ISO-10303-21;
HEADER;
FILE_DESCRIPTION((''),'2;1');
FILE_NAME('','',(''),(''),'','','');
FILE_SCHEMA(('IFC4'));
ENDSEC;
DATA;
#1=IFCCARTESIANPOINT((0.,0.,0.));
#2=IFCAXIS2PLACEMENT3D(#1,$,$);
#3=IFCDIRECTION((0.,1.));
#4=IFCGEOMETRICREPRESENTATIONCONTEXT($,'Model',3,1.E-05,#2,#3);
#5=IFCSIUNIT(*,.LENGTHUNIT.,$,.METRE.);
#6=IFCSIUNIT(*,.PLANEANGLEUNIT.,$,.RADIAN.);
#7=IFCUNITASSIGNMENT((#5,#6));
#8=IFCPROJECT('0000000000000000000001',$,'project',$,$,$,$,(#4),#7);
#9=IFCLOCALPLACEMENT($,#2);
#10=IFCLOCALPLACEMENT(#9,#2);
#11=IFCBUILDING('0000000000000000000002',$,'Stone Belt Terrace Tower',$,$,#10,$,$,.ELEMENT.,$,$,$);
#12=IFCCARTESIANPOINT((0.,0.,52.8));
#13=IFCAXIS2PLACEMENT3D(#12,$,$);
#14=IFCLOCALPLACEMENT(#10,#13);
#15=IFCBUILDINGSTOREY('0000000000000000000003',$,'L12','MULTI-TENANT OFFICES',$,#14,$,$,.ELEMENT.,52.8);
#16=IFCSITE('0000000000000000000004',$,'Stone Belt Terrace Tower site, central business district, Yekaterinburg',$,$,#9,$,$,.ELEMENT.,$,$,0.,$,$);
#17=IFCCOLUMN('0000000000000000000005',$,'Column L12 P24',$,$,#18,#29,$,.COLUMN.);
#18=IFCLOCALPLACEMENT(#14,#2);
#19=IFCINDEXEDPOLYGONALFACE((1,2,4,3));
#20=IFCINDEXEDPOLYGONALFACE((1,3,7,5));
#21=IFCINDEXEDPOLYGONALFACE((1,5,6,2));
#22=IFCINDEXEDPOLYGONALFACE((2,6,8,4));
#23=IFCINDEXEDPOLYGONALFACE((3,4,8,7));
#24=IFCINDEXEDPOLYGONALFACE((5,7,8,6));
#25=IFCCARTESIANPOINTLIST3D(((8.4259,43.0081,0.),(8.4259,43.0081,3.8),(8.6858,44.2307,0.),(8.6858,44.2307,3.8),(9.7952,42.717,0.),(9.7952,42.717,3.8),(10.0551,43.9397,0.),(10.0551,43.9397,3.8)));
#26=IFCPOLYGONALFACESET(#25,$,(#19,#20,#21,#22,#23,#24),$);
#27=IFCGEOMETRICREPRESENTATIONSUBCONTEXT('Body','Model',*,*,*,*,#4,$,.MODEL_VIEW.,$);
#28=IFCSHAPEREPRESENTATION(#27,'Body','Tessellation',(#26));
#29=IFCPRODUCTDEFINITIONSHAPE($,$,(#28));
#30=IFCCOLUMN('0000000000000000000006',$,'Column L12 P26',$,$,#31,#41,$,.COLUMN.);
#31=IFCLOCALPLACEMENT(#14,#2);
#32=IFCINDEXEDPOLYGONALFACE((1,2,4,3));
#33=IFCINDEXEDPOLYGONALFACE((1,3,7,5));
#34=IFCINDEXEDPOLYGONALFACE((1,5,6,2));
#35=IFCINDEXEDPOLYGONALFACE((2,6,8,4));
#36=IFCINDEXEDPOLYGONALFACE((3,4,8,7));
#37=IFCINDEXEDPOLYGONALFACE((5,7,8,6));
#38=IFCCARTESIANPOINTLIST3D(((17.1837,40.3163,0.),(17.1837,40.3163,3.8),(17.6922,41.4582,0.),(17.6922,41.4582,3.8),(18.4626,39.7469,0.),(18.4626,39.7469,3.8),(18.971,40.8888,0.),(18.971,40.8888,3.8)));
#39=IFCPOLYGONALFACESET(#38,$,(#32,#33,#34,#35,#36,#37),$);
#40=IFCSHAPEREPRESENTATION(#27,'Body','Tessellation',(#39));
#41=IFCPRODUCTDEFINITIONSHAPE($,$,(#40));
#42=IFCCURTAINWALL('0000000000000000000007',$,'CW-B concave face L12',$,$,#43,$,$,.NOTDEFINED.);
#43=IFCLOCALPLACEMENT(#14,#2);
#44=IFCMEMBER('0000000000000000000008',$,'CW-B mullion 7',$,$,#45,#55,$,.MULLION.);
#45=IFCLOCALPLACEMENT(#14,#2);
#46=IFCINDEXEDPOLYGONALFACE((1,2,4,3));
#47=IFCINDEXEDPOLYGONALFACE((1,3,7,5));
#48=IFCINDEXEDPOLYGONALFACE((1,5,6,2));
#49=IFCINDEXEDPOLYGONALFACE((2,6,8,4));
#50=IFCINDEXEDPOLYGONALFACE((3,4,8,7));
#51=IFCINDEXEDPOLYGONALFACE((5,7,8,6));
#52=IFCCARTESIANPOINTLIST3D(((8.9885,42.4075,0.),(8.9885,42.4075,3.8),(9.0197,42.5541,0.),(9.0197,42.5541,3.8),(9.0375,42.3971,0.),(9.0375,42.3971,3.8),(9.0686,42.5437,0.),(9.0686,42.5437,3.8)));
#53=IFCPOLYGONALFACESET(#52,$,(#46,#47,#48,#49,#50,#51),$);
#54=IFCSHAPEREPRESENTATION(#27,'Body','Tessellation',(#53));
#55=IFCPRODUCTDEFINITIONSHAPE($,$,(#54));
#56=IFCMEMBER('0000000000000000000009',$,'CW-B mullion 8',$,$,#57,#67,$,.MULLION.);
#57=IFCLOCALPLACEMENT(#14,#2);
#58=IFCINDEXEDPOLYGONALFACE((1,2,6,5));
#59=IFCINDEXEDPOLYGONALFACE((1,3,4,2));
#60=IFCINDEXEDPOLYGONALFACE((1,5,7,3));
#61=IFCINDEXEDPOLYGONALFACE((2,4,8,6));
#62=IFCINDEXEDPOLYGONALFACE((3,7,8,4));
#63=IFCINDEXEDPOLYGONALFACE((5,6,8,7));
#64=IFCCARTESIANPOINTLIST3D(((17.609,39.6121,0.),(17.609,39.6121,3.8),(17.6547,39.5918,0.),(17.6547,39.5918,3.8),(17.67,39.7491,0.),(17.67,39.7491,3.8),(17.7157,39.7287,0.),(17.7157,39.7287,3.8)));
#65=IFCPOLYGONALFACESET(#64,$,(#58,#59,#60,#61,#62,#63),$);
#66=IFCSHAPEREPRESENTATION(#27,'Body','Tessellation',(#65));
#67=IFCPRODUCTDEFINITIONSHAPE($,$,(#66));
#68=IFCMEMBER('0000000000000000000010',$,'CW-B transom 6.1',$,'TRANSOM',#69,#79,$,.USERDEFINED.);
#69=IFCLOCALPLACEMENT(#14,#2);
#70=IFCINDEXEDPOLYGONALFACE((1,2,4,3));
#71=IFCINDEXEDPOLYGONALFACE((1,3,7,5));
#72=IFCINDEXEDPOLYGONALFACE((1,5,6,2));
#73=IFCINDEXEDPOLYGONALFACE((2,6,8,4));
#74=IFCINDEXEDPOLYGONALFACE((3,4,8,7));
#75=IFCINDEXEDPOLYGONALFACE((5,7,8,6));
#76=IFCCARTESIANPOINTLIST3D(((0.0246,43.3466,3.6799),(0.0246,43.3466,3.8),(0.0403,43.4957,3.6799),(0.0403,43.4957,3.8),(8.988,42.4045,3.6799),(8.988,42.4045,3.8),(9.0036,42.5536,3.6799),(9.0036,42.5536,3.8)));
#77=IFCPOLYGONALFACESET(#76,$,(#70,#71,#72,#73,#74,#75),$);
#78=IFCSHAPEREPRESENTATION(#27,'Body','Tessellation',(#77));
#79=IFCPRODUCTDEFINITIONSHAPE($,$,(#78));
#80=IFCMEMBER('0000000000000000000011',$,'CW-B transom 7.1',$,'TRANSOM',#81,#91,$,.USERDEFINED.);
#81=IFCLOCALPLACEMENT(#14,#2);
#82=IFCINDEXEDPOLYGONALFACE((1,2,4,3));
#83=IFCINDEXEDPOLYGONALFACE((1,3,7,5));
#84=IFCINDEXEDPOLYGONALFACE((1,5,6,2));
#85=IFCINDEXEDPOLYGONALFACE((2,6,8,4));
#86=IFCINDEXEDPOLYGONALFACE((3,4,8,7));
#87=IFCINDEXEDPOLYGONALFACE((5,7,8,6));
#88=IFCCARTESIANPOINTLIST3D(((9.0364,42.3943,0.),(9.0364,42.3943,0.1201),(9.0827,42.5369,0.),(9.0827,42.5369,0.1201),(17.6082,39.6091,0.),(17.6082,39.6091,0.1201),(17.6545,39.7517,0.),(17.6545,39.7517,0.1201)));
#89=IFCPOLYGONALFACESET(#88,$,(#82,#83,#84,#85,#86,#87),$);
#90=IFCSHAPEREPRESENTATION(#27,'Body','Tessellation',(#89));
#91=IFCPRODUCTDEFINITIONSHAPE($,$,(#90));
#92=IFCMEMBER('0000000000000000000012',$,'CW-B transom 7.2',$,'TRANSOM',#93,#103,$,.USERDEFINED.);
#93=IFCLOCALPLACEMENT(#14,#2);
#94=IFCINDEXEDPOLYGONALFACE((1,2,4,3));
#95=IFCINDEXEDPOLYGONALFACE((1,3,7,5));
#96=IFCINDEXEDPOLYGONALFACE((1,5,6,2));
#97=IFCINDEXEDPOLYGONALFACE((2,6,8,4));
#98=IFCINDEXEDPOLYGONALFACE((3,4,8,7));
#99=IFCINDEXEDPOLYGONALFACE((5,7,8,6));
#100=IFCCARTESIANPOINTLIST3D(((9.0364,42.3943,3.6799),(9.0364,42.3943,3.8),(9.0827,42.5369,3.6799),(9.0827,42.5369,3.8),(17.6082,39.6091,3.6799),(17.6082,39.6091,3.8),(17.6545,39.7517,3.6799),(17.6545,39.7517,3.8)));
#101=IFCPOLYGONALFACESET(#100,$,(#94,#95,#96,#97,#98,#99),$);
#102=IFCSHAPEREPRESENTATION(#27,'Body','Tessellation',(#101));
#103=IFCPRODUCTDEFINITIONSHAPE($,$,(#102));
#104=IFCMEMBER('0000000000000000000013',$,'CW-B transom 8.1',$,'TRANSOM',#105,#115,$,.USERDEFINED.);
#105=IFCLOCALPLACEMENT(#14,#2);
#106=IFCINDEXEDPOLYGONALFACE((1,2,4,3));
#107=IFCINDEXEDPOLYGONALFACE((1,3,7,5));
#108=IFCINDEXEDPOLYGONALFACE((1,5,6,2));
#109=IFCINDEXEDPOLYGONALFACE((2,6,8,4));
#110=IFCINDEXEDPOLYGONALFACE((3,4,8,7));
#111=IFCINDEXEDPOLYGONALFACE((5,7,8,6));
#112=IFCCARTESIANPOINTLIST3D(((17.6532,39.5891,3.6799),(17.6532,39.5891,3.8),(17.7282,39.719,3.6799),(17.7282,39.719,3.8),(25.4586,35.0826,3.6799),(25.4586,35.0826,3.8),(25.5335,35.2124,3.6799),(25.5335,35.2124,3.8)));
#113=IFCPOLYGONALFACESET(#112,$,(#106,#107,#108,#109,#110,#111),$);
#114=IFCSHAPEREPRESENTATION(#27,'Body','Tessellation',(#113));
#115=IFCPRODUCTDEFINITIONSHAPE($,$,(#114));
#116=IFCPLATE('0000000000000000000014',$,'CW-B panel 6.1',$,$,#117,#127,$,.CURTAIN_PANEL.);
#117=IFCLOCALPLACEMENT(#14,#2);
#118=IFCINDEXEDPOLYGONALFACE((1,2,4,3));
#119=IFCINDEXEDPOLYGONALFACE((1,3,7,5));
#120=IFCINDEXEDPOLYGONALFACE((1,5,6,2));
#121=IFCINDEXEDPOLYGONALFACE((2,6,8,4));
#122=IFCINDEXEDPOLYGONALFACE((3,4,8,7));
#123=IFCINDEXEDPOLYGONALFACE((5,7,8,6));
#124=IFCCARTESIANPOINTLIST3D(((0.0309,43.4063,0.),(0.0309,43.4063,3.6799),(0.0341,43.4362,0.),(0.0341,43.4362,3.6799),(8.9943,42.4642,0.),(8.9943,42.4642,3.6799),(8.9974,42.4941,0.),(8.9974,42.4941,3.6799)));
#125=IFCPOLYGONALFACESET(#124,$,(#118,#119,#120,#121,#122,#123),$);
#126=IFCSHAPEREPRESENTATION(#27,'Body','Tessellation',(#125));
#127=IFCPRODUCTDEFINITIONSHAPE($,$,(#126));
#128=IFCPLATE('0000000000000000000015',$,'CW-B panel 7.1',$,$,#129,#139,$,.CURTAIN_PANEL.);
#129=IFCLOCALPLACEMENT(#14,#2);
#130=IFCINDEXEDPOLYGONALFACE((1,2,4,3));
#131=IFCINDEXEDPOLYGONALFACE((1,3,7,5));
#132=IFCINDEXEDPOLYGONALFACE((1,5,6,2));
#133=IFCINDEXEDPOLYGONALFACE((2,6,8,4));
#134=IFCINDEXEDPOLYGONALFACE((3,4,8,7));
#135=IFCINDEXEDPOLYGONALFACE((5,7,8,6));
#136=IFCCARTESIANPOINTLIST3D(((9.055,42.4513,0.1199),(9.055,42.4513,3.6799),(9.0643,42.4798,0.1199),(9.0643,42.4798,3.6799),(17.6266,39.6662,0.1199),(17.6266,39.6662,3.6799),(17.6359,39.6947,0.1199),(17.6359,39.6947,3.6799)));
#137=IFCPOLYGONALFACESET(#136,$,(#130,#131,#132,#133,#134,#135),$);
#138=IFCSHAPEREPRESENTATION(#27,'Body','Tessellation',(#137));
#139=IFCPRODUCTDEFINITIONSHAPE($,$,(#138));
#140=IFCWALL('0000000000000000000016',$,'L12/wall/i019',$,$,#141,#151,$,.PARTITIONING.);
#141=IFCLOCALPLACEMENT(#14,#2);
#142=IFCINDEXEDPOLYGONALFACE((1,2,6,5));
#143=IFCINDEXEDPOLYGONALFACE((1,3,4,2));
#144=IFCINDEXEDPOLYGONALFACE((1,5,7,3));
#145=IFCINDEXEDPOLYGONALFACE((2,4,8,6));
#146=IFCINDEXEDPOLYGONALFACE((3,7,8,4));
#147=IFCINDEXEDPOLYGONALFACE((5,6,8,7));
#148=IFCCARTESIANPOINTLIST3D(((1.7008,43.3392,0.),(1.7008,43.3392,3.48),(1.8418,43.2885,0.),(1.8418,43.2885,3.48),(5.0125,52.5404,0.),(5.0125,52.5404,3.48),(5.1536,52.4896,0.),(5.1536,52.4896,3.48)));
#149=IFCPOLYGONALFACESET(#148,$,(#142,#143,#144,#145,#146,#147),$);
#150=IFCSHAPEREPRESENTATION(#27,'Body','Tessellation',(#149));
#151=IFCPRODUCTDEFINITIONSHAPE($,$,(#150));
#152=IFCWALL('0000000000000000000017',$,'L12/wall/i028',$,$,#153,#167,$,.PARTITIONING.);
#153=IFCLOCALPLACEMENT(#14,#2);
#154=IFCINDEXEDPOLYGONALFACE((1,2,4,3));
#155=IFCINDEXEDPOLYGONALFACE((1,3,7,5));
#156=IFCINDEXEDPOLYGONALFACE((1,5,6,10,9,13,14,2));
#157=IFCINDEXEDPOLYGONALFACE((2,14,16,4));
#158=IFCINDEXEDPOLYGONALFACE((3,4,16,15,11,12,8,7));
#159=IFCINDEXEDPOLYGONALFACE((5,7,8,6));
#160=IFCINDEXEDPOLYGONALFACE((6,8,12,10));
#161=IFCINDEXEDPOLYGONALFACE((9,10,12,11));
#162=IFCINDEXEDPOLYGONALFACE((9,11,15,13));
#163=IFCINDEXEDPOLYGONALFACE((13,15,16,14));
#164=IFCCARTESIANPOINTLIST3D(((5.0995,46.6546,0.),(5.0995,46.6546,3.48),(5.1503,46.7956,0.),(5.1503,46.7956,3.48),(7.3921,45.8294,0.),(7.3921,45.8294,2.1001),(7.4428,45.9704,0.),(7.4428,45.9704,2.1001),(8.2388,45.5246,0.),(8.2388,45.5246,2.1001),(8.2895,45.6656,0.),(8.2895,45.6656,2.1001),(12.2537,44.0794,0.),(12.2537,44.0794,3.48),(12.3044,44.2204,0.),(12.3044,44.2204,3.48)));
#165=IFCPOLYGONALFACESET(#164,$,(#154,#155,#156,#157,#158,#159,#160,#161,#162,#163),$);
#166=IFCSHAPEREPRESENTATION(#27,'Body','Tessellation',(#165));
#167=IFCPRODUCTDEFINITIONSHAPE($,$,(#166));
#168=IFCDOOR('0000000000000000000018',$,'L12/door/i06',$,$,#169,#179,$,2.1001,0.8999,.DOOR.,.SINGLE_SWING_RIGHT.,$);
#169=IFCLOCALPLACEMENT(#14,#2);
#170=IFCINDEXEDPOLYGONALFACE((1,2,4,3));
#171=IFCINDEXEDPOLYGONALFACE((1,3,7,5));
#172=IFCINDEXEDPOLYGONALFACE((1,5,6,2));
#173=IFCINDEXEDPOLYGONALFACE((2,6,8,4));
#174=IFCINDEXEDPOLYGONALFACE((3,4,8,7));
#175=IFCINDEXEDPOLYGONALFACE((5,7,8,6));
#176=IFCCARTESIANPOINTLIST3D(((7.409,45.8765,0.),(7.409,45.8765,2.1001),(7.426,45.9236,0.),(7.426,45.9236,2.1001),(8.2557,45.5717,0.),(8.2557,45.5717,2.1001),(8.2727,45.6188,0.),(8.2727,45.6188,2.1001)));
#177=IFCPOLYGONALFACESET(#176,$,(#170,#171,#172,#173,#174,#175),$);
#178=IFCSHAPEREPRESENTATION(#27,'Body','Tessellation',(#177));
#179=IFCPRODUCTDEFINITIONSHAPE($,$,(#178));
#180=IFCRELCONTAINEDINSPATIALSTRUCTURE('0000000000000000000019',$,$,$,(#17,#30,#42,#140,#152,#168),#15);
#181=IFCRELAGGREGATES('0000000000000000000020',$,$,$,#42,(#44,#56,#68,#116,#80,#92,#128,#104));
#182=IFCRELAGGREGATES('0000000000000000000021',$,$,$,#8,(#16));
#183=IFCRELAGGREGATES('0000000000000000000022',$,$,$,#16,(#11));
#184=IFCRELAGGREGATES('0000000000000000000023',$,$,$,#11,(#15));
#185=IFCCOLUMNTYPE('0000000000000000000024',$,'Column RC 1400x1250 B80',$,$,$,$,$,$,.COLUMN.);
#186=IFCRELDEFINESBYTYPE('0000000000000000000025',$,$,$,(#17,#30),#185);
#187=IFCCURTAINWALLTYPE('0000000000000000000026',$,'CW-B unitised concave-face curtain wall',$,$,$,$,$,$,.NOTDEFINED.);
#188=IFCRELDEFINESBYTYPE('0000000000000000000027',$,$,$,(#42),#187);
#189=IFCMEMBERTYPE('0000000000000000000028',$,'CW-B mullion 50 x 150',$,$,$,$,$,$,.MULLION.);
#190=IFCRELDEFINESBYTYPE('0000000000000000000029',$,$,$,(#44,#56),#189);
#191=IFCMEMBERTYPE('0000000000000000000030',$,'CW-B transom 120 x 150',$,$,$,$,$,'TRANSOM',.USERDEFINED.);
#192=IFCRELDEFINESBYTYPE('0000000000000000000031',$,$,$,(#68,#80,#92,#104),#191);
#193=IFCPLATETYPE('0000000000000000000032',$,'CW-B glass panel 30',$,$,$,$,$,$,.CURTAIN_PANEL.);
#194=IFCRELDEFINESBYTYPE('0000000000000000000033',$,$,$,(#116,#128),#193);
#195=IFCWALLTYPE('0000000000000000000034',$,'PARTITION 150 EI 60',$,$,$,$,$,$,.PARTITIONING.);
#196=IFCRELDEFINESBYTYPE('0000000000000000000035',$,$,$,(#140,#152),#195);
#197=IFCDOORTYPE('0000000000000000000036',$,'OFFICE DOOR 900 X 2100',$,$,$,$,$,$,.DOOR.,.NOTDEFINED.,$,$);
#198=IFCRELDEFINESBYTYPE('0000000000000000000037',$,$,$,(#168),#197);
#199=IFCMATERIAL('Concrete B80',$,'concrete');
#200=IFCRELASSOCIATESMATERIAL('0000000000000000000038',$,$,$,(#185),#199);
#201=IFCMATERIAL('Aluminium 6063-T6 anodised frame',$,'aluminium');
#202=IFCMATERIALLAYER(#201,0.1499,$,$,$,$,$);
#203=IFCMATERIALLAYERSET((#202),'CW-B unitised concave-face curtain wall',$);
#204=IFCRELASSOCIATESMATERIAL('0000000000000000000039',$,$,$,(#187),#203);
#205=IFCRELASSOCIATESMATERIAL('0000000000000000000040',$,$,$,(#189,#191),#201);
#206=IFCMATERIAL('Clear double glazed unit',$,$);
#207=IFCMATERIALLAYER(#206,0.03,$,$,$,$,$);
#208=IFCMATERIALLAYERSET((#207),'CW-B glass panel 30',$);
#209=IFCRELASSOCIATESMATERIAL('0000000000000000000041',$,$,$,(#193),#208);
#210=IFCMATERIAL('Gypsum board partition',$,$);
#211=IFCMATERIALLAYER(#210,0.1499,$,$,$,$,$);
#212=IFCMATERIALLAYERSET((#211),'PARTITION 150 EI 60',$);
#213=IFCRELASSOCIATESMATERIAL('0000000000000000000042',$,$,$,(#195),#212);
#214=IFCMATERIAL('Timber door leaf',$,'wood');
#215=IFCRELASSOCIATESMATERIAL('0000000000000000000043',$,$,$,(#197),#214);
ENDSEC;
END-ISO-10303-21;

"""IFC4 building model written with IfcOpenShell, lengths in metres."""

from ifc_helpers import new_model, si_unit, direction, frame, frame_2d, origin, origin_2d, place, context, subcontext, project, spatial, rectangle, extrude, material, layer, layer_set, material_profile, profile_set, type_object, element, fill, aggregate, save


model = new_model("IFC4")

# Units and contexts
model_context = context("Model", 3, precision=1e-05, world=origin(), true_north=direction((0.0, 1.0)))
body_context = subcontext(model_context, "Body", "Model", "MODEL_VIEW")
ifc_project = project(units=[si_unit("LENGTHUNIT", "METRE"), si_unit("PLANEANGLEUNIT", "RADIAN")], contexts=[model_context])

# Site, building, storey
site_placement = place(None, origin())
site = spatial("IfcSite", under=ifc_project, at=site_placement, Name="Stone Belt Terrace Tower site, central business district, Yekaterinburg", CompositionType="ELEMENT", RefElevation=0.0)
building_placement = place(site_placement, origin())
building = spatial("IfcBuilding", under=site, at=building_placement, Name="Stone Belt Terrace Tower", CompositionType="ELEMENT")
storey_placement = place(building_placement, frame((0.0, 0.0, 52.8)))
storey = spatial("IfcBuildingStorey", under=building, at=storey_placement, Name="L12", Description="MULTI-TENANT OFFICES", CompositionType="ELEMENT", Elevation=52.8)

# Columns
ifc_material_1 = material(Name="Concrete B80", Category="concrete")
ifc_material_profile_1 = material_profile(ifc_material_1, rectangle(XDim=1.3999, YDim=1.25, at=origin_2d()), Name="RC 1400x1250")
ifc_profile_set_1 = profile_set([ifc_material_profile_1], Name="Concrete B80")
column_type = type_object("IfcColumnType", Name="Column RC 1400x1250 B80", PredefinedType="COLUMN", material=ifc_profile_set_1)
for number, where, z_axis, x_axis, name in (
    (1, (9.2405, 43.4739, 0.0), (0.0, 0.0, 1.0), (0.978148, -0.207912, 0.0), "Column L12 P24"),
    (2, (18.0774, 40.6025, 0.0), (0.0, 0.0, 1.0), (0.913545, -0.406737, 0.0), "Column L12 P26"),
):
    element("IfcColumn", number, at=place(storey_placement, frame(where, z_axis=z_axis, x_axis=x_axis)), inside=storey, type_object=column_type, Name=name, PredefinedType="COLUMN", context=body_context, shape_type="SweptSolid", body=[
        extrude(rectangle(XDim=1.3999, YDim=1.25, at=origin_2d()), origin(), (0.0, 0.0, 1.0), 3.8),
    ])

# Curtain wall, members, plates
ifc_material_2 = material(Name="Aluminium 6063-T6 anodised frame", Category="aluminium")
ifc_layer_1 = layer(ifc_material_2, 0.1499)
ifc_layer_set_1 = layer_set([ifc_layer_1], Name="CW-B unitised concave-face curtain wall")
curtain_wall_type = type_object("IfcCurtainWallType", Name="CW-B unitised concave-face curtain wall", PredefinedType="NOTDEFINED", material=ifc_layer_set_1)
curtain_wall_placement = place(storey_placement, origin())
curtain_wall = element("IfcCurtainWall", 3, at=curtain_wall_placement, inside=storey, type_object=curtain_wall_type, Name="CW-B concave face L12", PredefinedType="NOTDEFINED")
ifc_material_profile_2 = material_profile(ifc_material_2, rectangle(XDim=0.1499, YDim=0.05, at=origin_2d()), Name="Aluminium 6063-T6 50x150")
ifc_profile_set_2 = profile_set([ifc_material_profile_2], Name="Aluminium 6063-T6 anodised frame")
member_type_1 = type_object("IfcMemberType", Name="CW-B mullion 50 x 150", PredefinedType="MULLION", material=ifc_profile_set_2)
member_1_placement = place(storey_placement, frame((9.0286, 42.4756, 0.0), z_axis=(0.0, 0.0, 1.0), x_axis=(0.207912, 0.978148, 0.0)))
member_1 = element("IfcMember", 4, at=member_1_placement, type_object=member_type_1, Name="CW-B mullion 7", PredefinedType="MULLION", context=body_context, shape_type="SweptSolid", body=[
    extrude(rectangle(XDim=0.1499, YDim=0.05, at=origin_2d()), origin(), (0.0, 0.0, 1.0), 3.8),
])
member_2_placement = place(storey_placement, frame((17.6624, 39.6704, 0.0), z_axis=(0.0, 0.0, 1.0), x_axis=(0.406737, 0.913545, 0.0)))
member_2 = element("IfcMember", 5, at=member_2_placement, type_object=member_type_1, Name="CW-B mullion 8", PredefinedType="MULLION", context=body_context, shape_type="SweptSolid", body=[
    extrude(rectangle(XDim=0.1499, YDim=0.05, at=origin_2d()), origin(), (0.0, 0.0, 1.0), 3.8),
])
ifc_material_profile_3 = material_profile(ifc_material_2, rectangle(XDim=0.1499, YDim=0.1201, at=origin_2d()), Name="Aluminium 6063-T6 150x120")
ifc_profile_set_3 = profile_set([ifc_material_profile_3], Name="Aluminium 6063-T6 anodised frame")
member_type_2 = type_object("IfcMemberType", Name="CW-B transom 120 x 150", ElementType="TRANSOM", PredefinedType="USERDEFINED", material=ifc_profile_set_3)
member_3_placement = place(storey_placement, frame((0.0325, 43.4211, 3.74), z_axis=(0.994521, -0.104534, 0.0), x_axis=(0.104534, 0.994521, 0.0)))
member_3 = element("IfcMember", 6, at=member_3_placement, type_object=member_type_2, Name="CW-B transom 6.1", ObjectType="TRANSOM", PredefinedType="USERDEFINED", context=body_context, shape_type="SweptSolid", body=[
    extrude(rectangle(XDim=0.1499, YDim=0.1201, at=origin_2d()), origin(), (0.0, 0.0, 1.0), 9.0127),
])
member_4_placement = place(storey_placement, frame((9.0596, 42.4656, 0.0601), z_axis=(0.951056, -0.309019, 0.0), x_axis=(0.309019, 0.951056, 0.0)))
member_4 = element("IfcMember", 7, at=member_4_placement, type_object=member_type_2, Name="CW-B transom 7.1", ObjectType="TRANSOM", PredefinedType="USERDEFINED", context=body_context, shape_type="SweptSolid", body=[
    extrude(rectangle(XDim=0.1499, YDim=0.1201, at=origin_2d()), origin(), (0.0, 0.0, 1.0), 9.0129),
])
member_5_placement = place(storey_placement, frame((9.0596, 42.4656, 3.74), z_axis=(0.951056, -0.309019, 0.0), x_axis=(0.309019, 0.951056, 0.0)))
member_5 = element("IfcMember", 8, at=member_5_placement, type_object=member_type_2, Name="CW-B transom 7.2", ObjectType="TRANSOM", PredefinedType="USERDEFINED", context=body_context, shape_type="SweptSolid", body=[
    extrude(rectangle(XDim=0.1499, YDim=0.1201, at=origin_2d()), origin(), (0.0, 0.0, 1.0), 9.0129),
])
member_6_placement = place(storey_placement, frame((17.6907, 39.6541, 3.74), z_axis=(0.866019, -0.500011, 0.0), x_axis=(0.500011, 0.866019, 0.0)))
member_6 = element("IfcMember", 9, at=member_6_placement, type_object=member_type_2, Name="CW-B transom 8.1", ObjectType="TRANSOM", PredefinedType="USERDEFINED", context=body_context, shape_type="SweptSolid", body=[
    extrude(rectangle(XDim=0.1499, YDim=0.1201, at=origin_2d()), origin(), (0.0, 0.0, 1.0), 9.0129),
])
ifc_material_3 = material(Name="Clear double glazed unit")
ifc_layer_2 = layer(ifc_material_3, 0.03)
ifc_layer_set_2 = layer_set([ifc_layer_2], Name="CW-B glass panel 30")
plate_type = type_object("IfcPlateType", Name="CW-B glass panel 30", PredefinedType="CURTAIN_PANEL", material=ifc_layer_set_2)
plate_1_placement = place(storey_placement, frame((4.5142, 42.9502, 0.0), z_axis=(0.0, 0.0, 1.0), x_axis=(0.994522, -0.104528, 0.0)))
plate_1 = element("IfcPlate", 10, at=plate_1_placement, type_object=plate_type, Name="CW-B panel 6.1", PredefinedType="CURTAIN_PANEL", context=body_context, shape_type="SweptSolid", body=[
    extrude(rectangle(XDim=9.0127, YDim=0.03, at=origin_2d()), origin(), (0.0, 0.0, 1.0), 3.6799),
])
plate_2_placement = place(storey_placement, frame((13.3455, 41.073, 0.1199), z_axis=(0.0, 0.0, 1.0), x_axis=(0.951057, -0.309017, 0.0)))
plate_2 = element("IfcPlate", 11, at=plate_2_placement, type_object=plate_type, Name="CW-B panel 7.1", PredefinedType="CURTAIN_PANEL", context=body_context, shape_type="SweptSolid", body=[
    extrude(rectangle(XDim=9.0127, YDim=0.03, at=origin_2d()), origin(), (0.0, 0.0, 1.0), 3.5601),
])
aggregate(curtain_wall, [member_1, member_2, member_3, plate_1, member_4, member_5, plate_2, member_6])

# Wall
ifc_material_4 = material(Name="Gypsum board partition")
ifc_layer_3 = layer(ifc_material_4, 0.1499)
ifc_layer_set_3 = layer_set([ifc_layer_3], Name="PARTITION 150 EI 60")
wall_type = type_object("IfcWallType", Name="PARTITION 150 EI 60", PredefinedType="PARTITIONING", material=ifc_layer_set_3)
wall_1_placement = place(storey_placement, frame((1.7712, 43.3137, 0.0), z_axis=(0.0, 0.0, 1.0), x_axis=(0.33866, 0.940909, 0.0)))
element("IfcWall", 12, at=wall_1_placement, inside=storey, type_object=wall_type, Name="L12/wall/i019", PredefinedType="PARTITIONING", context=body_context, shape_type="SweptSolid", body=[
    extrude(rectangle(XDim=9.7791, YDim=0.1499, at=frame_2d((4.8896, 0.0))), origin(), (0.0, 0.0, 1.0), 3.48),
])

# Wall, opening, door
wall_2_placement = place(storey_placement, frame((12.2791, 44.1499, 0.0), z_axis=(0.0, 0.0, 1.0), x_axis=(-0.940898, 0.338689, 0.0)))
wall_2 = element("IfcWall", 13, at=wall_2_placement, inside=storey, type_object=wall_type, Name="L12/wall/i028", PredefinedType="PARTITIONING", context=body_context, shape_type="SweptSolid", body=[
    extrude(rectangle(XDim=7.6035, YDim=0.1499, at=frame_2d((3.8018, 0.0))), origin(), (0.0, 0.0, 1.0), 3.48),
])
opening_1_placement = place(wall_2_placement, frame((4.2671, 0.0, 0.0)))
opening_1 = element("IfcOpeningElement", 14, at=opening_1_placement, cuts=wall_2, PredefinedType="OPENING", context=body_context, shape_type="SweptSolid", body=[
    extrude(rectangle(XDim=0.8999, YDim=2.1001, at=frame_2d((0.45, 1.05))), frame((0.0, 0.085, 0.0), z_axis=(0.0, -1.0, 0.0), x_axis=(1.0, 0.0, 0.0)), (0.0, 0.0, 1.0), 0.1699),
])
ifc_material_5 = material(Name="Timber door leaf", Category="wood")
door_type = type_object("IfcDoorType", Name="OFFICE DOOR 900 X 2100", OperationType="NOTDEFINED", PredefinedType="DOOR", material=ifc_material_5)
door_1_placement = place(opening_1_placement, origin())
door_1 = element("IfcDoor", 15, at=door_1_placement, inside=storey, type_object=door_type, Name="L12/door/i06", OperationType="SINGLE_SWING_RIGHT", OverallHeight=2.1001, OverallWidth=0.8999, PredefinedType="DOOR", context=body_context, shape_type="SweptSolid", body=[
    extrude(rectangle(XDim=0.8999, YDim=2.1001, at=frame_2d((0.45, 1.05))), frame((0.0, 0.0249, 0.0), z_axis=(0.0, -1.0, 0.0), x_axis=(1.0, 0.0, 0.0)), (0.0, 0.0, 1.0), 0.05),
])
fill(opening_1, door_1)

save(model, "model.ifc")
